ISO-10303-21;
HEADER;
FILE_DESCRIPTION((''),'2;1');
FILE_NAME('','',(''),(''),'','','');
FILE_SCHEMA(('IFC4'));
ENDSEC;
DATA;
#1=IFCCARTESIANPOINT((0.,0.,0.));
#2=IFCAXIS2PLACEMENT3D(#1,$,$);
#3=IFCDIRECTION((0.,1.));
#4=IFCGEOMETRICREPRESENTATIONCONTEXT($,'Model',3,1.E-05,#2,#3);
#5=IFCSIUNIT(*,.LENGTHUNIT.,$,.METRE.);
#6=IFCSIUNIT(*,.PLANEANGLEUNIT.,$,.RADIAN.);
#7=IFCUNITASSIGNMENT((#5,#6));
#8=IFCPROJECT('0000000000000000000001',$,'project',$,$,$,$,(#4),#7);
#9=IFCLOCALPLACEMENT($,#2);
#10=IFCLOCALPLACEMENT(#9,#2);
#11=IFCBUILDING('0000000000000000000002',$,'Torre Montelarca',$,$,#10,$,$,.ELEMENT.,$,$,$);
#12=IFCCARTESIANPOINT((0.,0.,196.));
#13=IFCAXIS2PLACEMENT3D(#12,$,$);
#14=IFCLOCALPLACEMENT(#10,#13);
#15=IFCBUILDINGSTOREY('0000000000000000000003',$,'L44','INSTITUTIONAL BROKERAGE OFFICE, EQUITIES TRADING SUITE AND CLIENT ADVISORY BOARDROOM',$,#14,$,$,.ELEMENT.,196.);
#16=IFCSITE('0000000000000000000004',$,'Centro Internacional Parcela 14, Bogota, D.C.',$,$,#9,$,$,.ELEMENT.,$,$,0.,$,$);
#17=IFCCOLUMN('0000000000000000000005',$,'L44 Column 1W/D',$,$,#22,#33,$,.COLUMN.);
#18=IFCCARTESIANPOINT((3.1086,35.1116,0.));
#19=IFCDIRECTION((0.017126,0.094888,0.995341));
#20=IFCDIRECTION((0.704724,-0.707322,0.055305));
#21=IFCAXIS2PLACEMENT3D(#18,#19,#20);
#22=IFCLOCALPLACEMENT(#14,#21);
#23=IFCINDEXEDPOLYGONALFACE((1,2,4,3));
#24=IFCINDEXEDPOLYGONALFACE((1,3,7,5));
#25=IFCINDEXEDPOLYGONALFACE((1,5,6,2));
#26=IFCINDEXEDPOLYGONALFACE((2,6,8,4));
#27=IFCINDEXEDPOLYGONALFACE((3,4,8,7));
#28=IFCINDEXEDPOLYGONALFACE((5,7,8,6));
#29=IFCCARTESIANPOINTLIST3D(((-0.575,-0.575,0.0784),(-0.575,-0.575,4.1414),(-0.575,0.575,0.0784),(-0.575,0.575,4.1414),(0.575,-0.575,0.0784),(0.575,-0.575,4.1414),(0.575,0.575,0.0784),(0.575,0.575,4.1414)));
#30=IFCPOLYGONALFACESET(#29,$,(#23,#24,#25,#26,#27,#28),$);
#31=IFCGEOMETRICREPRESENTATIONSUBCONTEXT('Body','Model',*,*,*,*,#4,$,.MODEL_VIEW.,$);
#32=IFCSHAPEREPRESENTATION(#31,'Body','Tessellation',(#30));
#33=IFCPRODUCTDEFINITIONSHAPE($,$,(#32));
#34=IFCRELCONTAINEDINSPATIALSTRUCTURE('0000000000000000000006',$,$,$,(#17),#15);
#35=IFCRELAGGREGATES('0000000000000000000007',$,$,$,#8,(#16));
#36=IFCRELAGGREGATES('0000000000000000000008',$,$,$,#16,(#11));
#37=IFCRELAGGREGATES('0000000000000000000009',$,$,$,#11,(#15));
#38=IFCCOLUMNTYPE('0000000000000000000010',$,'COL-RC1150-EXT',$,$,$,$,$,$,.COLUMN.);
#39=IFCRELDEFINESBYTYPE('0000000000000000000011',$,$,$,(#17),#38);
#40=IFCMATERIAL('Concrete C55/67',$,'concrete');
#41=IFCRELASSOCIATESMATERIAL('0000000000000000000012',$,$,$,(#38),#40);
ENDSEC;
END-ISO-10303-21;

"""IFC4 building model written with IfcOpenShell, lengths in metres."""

from ifc_helpers import new_model, si_unit, direction, frame, origin, origin_2d, place, context, subcontext, project, spatial, rectangle, extrude, clip, halfspace, material, material_profile, profile_set, type_object, element, save


model = new_model("IFC4")

# Units and contexts
model_context = context("Model", 3, precision=1e-05, world=origin(), true_north=direction((0.0, 1.0)))
body_context = subcontext(model_context, "Body", "Model", "MODEL_VIEW")
ifc_project = project(units=[si_unit("LENGTHUNIT", "METRE"), si_unit("PLANEANGLEUNIT", "RADIAN")], contexts=[model_context])

# Site, building, storey
site_placement = place(None, origin())
site = spatial("IfcSite", under=ifc_project, at=site_placement, Name="Centro Internacional Parcela 14, Bogota, D.C.", CompositionType="ELEMENT", RefElevation=0.0)
building_placement = place(site_placement, origin())
building = spatial("IfcBuilding", under=site, at=building_placement, Name="Torre Montelarca", CompositionType="ELEMENT")
storey_placement = place(building_placement, frame((0.0, 0.0, 196.0)))
storey = spatial("IfcBuildingStorey", under=building, at=storey_placement, Name="L44", Description="INSTITUTIONAL BROKERAGE OFFICE, EQUITIES TRADING SUITE AND CLIENT ADVISORY BOARDROOM", CompositionType="ELEMENT", Elevation=196.0)

# Column
ifc_material_1 = material(Name="Concrete C55/67", Category="concrete")
ifc_material_profile_1 = material_profile(ifc_material_1, rectangle(XDim=1.1499, YDim=1.1499, at=origin_2d()), Name="RC1150X1150", Category="concrete")
ifc_profile_set_1 = profile_set([ifc_material_profile_1], Name="Concrete C55/67")
column_type = type_object("IfcColumnType", Name="COL-RC1150-EXT", PredefinedType="COLUMN", material=ifc_profile_set_1)
column_placement = place(storey_placement, frame((3.1086, 35.1116, 0.0), z_axis=(0.017126, 0.094888, 0.995341), x_axis=(0.704724, -0.707322, 0.055305)))
element("IfcColumn", 1, at=column_placement, inside=storey, type_object=column_type, Name="L44 Column 1W/D", PredefinedType="COLUMN", context=body_context, shape_type="Clipping", body=[
    clip(clip(extrude(rectangle(XDim=1.1499, YDim=1.1499, at=origin_2d()), origin(), (0.0, 0.0, 1.0), 4.2197), halfspace(frame((0.0, 0.0, 0.0784), z_axis=(0.0, 0.0, -1.0), x_axis=(1.0, 0.0, 0.0)), False)), halfspace(frame((0.0, 0.0, 4.1414), z_axis=(0.0, 0.0, 1.0), x_axis=(1.0, 0.0, 0.0)), False)),
])

save(model, "model.ifc")
